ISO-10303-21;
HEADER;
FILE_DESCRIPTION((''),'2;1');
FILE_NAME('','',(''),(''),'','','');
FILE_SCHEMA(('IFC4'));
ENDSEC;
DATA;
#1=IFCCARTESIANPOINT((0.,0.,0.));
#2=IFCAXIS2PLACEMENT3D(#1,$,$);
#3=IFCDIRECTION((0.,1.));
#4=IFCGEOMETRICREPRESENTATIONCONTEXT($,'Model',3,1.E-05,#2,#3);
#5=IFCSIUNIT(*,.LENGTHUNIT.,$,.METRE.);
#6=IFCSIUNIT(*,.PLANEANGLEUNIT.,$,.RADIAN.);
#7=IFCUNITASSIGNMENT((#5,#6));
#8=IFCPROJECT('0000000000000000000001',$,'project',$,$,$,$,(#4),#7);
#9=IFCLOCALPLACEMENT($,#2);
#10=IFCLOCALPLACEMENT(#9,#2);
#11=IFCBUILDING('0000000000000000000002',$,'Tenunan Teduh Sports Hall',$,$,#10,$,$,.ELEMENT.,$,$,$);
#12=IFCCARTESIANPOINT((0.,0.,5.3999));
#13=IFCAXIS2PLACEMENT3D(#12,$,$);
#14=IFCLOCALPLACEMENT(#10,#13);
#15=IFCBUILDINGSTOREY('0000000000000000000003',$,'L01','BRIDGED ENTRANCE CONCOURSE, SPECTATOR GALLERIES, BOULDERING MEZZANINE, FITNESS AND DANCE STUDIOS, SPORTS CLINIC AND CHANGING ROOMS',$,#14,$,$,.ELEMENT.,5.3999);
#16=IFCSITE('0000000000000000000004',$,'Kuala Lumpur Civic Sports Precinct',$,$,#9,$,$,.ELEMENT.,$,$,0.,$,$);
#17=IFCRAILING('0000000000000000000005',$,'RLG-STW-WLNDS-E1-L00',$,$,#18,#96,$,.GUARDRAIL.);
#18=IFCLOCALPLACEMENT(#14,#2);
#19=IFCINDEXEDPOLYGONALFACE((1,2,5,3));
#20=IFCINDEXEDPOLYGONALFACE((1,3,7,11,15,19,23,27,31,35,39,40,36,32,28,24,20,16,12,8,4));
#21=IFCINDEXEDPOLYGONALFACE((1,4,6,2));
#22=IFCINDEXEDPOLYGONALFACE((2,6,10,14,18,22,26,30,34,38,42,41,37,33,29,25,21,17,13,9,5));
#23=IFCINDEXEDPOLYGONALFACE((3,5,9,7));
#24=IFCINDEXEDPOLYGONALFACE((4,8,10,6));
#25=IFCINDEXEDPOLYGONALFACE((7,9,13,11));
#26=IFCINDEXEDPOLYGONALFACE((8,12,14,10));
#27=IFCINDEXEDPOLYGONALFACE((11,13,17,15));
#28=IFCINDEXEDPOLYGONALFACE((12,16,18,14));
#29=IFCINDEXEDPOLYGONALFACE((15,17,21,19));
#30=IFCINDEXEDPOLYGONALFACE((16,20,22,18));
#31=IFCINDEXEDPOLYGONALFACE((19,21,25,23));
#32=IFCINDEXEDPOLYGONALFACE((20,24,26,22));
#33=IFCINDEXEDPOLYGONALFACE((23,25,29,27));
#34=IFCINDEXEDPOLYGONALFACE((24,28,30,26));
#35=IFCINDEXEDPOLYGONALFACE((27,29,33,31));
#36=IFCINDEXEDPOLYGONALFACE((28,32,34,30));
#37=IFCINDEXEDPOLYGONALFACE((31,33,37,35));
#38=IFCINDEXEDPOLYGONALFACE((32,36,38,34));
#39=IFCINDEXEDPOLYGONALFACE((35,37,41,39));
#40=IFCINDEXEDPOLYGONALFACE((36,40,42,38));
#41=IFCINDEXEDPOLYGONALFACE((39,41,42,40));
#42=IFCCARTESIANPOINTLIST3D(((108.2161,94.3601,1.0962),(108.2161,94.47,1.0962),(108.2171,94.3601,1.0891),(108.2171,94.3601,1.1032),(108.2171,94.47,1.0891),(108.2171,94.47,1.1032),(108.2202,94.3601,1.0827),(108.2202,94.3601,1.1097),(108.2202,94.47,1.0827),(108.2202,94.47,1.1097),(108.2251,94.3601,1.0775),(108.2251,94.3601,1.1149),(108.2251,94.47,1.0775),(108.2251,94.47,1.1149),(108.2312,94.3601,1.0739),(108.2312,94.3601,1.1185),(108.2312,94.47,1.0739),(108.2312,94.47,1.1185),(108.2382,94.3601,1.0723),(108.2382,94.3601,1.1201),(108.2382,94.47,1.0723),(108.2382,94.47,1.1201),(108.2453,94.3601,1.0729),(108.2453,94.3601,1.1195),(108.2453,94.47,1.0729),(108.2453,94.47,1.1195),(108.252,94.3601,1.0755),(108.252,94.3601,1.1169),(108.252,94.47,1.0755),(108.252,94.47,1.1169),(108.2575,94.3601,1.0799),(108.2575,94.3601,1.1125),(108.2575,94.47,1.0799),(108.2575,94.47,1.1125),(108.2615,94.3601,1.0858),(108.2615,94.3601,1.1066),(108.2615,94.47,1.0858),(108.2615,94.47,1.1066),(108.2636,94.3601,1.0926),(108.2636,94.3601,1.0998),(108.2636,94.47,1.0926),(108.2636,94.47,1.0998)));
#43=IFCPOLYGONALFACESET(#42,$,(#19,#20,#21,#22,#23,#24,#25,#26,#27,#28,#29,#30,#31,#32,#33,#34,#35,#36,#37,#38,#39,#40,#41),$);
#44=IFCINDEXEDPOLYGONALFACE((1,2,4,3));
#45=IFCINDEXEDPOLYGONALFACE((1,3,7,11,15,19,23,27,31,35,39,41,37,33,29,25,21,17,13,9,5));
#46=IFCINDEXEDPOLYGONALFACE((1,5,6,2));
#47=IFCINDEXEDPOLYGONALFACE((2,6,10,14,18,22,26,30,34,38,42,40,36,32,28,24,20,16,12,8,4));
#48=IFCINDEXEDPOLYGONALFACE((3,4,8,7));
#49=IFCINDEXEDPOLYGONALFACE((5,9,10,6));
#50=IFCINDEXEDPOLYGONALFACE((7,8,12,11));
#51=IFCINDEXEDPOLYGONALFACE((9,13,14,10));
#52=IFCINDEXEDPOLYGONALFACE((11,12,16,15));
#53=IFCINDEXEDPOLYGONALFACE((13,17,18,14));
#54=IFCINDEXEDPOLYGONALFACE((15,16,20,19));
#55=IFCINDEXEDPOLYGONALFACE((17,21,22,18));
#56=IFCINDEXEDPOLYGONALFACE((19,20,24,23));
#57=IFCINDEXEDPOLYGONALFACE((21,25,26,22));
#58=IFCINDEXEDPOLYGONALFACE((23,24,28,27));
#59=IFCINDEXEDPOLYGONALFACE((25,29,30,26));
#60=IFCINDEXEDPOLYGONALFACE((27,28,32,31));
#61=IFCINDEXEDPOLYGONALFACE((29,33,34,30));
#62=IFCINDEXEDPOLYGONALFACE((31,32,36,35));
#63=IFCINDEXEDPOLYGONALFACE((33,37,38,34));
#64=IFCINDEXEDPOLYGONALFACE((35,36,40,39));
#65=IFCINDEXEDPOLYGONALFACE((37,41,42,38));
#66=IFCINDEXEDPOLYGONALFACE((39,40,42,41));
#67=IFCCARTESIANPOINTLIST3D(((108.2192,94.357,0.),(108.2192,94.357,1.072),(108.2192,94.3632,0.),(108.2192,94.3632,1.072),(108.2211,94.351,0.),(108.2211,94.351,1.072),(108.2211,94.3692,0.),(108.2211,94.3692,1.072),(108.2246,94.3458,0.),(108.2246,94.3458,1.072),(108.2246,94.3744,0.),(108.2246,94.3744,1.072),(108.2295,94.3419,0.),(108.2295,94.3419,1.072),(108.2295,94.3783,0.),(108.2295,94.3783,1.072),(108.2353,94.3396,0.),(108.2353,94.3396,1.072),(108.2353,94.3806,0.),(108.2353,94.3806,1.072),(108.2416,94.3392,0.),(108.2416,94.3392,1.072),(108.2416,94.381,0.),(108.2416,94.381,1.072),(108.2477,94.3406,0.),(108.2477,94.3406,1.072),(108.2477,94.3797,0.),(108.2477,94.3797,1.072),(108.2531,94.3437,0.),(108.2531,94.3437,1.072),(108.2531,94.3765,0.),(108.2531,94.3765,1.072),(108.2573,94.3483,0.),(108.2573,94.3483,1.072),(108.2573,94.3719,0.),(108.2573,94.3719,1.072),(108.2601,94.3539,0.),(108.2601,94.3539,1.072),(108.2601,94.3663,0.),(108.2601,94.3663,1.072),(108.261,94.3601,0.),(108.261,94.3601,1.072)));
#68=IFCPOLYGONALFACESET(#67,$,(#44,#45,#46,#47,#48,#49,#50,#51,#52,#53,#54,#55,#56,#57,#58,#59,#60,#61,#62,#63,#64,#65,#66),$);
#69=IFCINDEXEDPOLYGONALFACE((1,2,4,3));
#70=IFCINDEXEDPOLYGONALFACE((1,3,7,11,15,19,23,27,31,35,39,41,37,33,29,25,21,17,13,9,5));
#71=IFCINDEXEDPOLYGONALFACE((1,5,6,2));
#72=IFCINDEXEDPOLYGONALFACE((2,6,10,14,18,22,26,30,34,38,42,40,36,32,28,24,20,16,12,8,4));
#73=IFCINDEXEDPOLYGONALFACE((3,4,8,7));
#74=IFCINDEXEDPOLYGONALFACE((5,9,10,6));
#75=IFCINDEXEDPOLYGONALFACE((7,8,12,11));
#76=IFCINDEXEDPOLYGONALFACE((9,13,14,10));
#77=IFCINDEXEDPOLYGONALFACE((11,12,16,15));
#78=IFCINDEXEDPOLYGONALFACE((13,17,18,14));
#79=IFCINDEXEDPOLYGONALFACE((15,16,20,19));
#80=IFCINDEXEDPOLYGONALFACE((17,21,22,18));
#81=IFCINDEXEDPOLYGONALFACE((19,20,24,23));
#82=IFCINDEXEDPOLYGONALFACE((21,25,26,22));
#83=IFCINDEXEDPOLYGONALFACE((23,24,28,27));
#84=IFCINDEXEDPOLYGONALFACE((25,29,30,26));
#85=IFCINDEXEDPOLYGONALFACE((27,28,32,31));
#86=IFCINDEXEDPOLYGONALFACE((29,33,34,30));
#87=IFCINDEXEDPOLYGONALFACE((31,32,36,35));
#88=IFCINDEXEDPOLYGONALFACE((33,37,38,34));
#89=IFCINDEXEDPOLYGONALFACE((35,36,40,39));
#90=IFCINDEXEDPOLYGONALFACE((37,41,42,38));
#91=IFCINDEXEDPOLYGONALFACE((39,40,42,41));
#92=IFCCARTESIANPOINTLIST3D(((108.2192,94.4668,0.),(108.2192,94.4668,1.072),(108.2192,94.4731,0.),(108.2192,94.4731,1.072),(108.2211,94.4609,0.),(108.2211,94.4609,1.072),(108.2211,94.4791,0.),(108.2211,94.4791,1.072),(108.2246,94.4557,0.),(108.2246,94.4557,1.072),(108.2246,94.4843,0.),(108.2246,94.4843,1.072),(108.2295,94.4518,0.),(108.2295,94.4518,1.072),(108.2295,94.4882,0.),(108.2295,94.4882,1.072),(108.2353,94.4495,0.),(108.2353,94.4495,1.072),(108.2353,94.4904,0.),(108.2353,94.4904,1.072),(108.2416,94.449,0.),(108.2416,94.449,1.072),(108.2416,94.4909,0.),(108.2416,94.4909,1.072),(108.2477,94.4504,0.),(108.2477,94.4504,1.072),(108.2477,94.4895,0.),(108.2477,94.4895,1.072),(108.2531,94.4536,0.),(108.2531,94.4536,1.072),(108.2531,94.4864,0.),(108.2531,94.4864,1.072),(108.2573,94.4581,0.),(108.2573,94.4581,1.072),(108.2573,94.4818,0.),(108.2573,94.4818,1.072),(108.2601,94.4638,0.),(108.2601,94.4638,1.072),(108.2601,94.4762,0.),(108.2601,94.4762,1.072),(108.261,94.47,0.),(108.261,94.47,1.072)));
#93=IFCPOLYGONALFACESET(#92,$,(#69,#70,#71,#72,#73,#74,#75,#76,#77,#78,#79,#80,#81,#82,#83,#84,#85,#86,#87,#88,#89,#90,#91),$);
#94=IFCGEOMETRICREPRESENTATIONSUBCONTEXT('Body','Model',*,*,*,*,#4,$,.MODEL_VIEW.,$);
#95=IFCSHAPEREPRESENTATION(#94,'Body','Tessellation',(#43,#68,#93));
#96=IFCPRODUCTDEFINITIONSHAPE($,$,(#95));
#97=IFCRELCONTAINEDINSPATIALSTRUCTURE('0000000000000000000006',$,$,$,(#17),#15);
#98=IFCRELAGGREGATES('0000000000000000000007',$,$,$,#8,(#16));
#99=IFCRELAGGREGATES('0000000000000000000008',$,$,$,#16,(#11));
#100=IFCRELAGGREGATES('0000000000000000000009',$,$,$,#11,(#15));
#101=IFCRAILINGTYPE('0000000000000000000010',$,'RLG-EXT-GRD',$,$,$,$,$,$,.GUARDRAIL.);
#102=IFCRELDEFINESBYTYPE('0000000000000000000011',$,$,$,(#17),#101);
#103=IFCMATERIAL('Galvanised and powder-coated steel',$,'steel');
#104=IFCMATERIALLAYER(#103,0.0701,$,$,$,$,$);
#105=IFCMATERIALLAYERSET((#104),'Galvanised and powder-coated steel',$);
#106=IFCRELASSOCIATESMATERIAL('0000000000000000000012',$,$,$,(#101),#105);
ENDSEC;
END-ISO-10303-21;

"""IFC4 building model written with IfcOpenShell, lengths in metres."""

from ifc_helpers import new_model, si_unit, direction, frame, origin, origin_2d, place, context, subcontext, project, spatial, circle, extrude, material, layer, layer_set, type_object, element, save


model = new_model("IFC4")

# Units and contexts
model_context = context("Model", 3, precision=1e-05, world=origin(), true_north=direction((0.0, 1.0)))
body_context = subcontext(model_context, "Body", "Model", "MODEL_VIEW")
ifc_project = project(units=[si_unit("LENGTHUNIT", "METRE"), si_unit("PLANEANGLEUNIT", "RADIAN")], contexts=[model_context])

# Site, building, storey
site_placement = place(None, origin())
site = spatial("IfcSite", under=ifc_project, at=site_placement, Name="Kuala Lumpur Civic Sports Precinct", CompositionType="ELEMENT", RefElevation=0.0)
building_placement = place(site_placement, origin())
building = spatial("IfcBuilding", under=site, at=building_placement, Name="Tenunan Teduh Sports Hall", CompositionType="ELEMENT")
storey_placement = place(building_placement, frame((0.0, 0.0, 5.3999)))
storey = spatial("IfcBuildingStorey", under=building, at=storey_placement, Name="L01", Description="BRIDGED ENTRANCE CONCOURSE, SPECTATOR GALLERIES, BOULDERING MEZZANINE, FITNESS AND DANCE STUDIOS, SPORTS CLINIC AND CHANGING ROOMS", CompositionType="ELEMENT", Elevation=5.3999)

# Railing
ifc_material_1 = material(Name="Galvanised and powder-coated steel", Category="steel")
ifc_layer_1 = layer(ifc_material_1, 0.0701)
ifc_layer_set_1 = layer_set([ifc_layer_1], Name="Galvanised and powder-coated steel")
railing_type = type_object("IfcRailingType", Name="RLG-EXT-GRD", PredefinedType="GUARDRAIL", material=ifc_layer_set_1)
railing_placement = place(storey_placement, frame((108.24, 94.3601, 0.0)))
element("IfcRailing", 1, at=railing_placement, inside=storey, type_object=railing_type, Name="RLG-STW-WLNDS-E1-L00", PredefinedType="GUARDRAIL", context=body_context, shape_type="SweptSolid", body=[
    extrude(circle(Radius=0.0239, at=origin_2d()), frame((0.0, 0.0, 1.0962), z_axis=(0.0, 1.0, 0.0), x_axis=(-1.0, 0.0, 0.0)), (0.0, 0.0, 1.0), 0.1099),
    extrude(circle(Radius=0.021, at=origin_2d()), origin(), (0.0, 0.0, 1.0), 1.072),
    extrude(circle(Radius=0.021, at=origin_2d()), frame((0.0, 0.1099, 0.0)), (0.0, 0.0, 1.0), 1.072),
])

save(model, "model.ifc")
